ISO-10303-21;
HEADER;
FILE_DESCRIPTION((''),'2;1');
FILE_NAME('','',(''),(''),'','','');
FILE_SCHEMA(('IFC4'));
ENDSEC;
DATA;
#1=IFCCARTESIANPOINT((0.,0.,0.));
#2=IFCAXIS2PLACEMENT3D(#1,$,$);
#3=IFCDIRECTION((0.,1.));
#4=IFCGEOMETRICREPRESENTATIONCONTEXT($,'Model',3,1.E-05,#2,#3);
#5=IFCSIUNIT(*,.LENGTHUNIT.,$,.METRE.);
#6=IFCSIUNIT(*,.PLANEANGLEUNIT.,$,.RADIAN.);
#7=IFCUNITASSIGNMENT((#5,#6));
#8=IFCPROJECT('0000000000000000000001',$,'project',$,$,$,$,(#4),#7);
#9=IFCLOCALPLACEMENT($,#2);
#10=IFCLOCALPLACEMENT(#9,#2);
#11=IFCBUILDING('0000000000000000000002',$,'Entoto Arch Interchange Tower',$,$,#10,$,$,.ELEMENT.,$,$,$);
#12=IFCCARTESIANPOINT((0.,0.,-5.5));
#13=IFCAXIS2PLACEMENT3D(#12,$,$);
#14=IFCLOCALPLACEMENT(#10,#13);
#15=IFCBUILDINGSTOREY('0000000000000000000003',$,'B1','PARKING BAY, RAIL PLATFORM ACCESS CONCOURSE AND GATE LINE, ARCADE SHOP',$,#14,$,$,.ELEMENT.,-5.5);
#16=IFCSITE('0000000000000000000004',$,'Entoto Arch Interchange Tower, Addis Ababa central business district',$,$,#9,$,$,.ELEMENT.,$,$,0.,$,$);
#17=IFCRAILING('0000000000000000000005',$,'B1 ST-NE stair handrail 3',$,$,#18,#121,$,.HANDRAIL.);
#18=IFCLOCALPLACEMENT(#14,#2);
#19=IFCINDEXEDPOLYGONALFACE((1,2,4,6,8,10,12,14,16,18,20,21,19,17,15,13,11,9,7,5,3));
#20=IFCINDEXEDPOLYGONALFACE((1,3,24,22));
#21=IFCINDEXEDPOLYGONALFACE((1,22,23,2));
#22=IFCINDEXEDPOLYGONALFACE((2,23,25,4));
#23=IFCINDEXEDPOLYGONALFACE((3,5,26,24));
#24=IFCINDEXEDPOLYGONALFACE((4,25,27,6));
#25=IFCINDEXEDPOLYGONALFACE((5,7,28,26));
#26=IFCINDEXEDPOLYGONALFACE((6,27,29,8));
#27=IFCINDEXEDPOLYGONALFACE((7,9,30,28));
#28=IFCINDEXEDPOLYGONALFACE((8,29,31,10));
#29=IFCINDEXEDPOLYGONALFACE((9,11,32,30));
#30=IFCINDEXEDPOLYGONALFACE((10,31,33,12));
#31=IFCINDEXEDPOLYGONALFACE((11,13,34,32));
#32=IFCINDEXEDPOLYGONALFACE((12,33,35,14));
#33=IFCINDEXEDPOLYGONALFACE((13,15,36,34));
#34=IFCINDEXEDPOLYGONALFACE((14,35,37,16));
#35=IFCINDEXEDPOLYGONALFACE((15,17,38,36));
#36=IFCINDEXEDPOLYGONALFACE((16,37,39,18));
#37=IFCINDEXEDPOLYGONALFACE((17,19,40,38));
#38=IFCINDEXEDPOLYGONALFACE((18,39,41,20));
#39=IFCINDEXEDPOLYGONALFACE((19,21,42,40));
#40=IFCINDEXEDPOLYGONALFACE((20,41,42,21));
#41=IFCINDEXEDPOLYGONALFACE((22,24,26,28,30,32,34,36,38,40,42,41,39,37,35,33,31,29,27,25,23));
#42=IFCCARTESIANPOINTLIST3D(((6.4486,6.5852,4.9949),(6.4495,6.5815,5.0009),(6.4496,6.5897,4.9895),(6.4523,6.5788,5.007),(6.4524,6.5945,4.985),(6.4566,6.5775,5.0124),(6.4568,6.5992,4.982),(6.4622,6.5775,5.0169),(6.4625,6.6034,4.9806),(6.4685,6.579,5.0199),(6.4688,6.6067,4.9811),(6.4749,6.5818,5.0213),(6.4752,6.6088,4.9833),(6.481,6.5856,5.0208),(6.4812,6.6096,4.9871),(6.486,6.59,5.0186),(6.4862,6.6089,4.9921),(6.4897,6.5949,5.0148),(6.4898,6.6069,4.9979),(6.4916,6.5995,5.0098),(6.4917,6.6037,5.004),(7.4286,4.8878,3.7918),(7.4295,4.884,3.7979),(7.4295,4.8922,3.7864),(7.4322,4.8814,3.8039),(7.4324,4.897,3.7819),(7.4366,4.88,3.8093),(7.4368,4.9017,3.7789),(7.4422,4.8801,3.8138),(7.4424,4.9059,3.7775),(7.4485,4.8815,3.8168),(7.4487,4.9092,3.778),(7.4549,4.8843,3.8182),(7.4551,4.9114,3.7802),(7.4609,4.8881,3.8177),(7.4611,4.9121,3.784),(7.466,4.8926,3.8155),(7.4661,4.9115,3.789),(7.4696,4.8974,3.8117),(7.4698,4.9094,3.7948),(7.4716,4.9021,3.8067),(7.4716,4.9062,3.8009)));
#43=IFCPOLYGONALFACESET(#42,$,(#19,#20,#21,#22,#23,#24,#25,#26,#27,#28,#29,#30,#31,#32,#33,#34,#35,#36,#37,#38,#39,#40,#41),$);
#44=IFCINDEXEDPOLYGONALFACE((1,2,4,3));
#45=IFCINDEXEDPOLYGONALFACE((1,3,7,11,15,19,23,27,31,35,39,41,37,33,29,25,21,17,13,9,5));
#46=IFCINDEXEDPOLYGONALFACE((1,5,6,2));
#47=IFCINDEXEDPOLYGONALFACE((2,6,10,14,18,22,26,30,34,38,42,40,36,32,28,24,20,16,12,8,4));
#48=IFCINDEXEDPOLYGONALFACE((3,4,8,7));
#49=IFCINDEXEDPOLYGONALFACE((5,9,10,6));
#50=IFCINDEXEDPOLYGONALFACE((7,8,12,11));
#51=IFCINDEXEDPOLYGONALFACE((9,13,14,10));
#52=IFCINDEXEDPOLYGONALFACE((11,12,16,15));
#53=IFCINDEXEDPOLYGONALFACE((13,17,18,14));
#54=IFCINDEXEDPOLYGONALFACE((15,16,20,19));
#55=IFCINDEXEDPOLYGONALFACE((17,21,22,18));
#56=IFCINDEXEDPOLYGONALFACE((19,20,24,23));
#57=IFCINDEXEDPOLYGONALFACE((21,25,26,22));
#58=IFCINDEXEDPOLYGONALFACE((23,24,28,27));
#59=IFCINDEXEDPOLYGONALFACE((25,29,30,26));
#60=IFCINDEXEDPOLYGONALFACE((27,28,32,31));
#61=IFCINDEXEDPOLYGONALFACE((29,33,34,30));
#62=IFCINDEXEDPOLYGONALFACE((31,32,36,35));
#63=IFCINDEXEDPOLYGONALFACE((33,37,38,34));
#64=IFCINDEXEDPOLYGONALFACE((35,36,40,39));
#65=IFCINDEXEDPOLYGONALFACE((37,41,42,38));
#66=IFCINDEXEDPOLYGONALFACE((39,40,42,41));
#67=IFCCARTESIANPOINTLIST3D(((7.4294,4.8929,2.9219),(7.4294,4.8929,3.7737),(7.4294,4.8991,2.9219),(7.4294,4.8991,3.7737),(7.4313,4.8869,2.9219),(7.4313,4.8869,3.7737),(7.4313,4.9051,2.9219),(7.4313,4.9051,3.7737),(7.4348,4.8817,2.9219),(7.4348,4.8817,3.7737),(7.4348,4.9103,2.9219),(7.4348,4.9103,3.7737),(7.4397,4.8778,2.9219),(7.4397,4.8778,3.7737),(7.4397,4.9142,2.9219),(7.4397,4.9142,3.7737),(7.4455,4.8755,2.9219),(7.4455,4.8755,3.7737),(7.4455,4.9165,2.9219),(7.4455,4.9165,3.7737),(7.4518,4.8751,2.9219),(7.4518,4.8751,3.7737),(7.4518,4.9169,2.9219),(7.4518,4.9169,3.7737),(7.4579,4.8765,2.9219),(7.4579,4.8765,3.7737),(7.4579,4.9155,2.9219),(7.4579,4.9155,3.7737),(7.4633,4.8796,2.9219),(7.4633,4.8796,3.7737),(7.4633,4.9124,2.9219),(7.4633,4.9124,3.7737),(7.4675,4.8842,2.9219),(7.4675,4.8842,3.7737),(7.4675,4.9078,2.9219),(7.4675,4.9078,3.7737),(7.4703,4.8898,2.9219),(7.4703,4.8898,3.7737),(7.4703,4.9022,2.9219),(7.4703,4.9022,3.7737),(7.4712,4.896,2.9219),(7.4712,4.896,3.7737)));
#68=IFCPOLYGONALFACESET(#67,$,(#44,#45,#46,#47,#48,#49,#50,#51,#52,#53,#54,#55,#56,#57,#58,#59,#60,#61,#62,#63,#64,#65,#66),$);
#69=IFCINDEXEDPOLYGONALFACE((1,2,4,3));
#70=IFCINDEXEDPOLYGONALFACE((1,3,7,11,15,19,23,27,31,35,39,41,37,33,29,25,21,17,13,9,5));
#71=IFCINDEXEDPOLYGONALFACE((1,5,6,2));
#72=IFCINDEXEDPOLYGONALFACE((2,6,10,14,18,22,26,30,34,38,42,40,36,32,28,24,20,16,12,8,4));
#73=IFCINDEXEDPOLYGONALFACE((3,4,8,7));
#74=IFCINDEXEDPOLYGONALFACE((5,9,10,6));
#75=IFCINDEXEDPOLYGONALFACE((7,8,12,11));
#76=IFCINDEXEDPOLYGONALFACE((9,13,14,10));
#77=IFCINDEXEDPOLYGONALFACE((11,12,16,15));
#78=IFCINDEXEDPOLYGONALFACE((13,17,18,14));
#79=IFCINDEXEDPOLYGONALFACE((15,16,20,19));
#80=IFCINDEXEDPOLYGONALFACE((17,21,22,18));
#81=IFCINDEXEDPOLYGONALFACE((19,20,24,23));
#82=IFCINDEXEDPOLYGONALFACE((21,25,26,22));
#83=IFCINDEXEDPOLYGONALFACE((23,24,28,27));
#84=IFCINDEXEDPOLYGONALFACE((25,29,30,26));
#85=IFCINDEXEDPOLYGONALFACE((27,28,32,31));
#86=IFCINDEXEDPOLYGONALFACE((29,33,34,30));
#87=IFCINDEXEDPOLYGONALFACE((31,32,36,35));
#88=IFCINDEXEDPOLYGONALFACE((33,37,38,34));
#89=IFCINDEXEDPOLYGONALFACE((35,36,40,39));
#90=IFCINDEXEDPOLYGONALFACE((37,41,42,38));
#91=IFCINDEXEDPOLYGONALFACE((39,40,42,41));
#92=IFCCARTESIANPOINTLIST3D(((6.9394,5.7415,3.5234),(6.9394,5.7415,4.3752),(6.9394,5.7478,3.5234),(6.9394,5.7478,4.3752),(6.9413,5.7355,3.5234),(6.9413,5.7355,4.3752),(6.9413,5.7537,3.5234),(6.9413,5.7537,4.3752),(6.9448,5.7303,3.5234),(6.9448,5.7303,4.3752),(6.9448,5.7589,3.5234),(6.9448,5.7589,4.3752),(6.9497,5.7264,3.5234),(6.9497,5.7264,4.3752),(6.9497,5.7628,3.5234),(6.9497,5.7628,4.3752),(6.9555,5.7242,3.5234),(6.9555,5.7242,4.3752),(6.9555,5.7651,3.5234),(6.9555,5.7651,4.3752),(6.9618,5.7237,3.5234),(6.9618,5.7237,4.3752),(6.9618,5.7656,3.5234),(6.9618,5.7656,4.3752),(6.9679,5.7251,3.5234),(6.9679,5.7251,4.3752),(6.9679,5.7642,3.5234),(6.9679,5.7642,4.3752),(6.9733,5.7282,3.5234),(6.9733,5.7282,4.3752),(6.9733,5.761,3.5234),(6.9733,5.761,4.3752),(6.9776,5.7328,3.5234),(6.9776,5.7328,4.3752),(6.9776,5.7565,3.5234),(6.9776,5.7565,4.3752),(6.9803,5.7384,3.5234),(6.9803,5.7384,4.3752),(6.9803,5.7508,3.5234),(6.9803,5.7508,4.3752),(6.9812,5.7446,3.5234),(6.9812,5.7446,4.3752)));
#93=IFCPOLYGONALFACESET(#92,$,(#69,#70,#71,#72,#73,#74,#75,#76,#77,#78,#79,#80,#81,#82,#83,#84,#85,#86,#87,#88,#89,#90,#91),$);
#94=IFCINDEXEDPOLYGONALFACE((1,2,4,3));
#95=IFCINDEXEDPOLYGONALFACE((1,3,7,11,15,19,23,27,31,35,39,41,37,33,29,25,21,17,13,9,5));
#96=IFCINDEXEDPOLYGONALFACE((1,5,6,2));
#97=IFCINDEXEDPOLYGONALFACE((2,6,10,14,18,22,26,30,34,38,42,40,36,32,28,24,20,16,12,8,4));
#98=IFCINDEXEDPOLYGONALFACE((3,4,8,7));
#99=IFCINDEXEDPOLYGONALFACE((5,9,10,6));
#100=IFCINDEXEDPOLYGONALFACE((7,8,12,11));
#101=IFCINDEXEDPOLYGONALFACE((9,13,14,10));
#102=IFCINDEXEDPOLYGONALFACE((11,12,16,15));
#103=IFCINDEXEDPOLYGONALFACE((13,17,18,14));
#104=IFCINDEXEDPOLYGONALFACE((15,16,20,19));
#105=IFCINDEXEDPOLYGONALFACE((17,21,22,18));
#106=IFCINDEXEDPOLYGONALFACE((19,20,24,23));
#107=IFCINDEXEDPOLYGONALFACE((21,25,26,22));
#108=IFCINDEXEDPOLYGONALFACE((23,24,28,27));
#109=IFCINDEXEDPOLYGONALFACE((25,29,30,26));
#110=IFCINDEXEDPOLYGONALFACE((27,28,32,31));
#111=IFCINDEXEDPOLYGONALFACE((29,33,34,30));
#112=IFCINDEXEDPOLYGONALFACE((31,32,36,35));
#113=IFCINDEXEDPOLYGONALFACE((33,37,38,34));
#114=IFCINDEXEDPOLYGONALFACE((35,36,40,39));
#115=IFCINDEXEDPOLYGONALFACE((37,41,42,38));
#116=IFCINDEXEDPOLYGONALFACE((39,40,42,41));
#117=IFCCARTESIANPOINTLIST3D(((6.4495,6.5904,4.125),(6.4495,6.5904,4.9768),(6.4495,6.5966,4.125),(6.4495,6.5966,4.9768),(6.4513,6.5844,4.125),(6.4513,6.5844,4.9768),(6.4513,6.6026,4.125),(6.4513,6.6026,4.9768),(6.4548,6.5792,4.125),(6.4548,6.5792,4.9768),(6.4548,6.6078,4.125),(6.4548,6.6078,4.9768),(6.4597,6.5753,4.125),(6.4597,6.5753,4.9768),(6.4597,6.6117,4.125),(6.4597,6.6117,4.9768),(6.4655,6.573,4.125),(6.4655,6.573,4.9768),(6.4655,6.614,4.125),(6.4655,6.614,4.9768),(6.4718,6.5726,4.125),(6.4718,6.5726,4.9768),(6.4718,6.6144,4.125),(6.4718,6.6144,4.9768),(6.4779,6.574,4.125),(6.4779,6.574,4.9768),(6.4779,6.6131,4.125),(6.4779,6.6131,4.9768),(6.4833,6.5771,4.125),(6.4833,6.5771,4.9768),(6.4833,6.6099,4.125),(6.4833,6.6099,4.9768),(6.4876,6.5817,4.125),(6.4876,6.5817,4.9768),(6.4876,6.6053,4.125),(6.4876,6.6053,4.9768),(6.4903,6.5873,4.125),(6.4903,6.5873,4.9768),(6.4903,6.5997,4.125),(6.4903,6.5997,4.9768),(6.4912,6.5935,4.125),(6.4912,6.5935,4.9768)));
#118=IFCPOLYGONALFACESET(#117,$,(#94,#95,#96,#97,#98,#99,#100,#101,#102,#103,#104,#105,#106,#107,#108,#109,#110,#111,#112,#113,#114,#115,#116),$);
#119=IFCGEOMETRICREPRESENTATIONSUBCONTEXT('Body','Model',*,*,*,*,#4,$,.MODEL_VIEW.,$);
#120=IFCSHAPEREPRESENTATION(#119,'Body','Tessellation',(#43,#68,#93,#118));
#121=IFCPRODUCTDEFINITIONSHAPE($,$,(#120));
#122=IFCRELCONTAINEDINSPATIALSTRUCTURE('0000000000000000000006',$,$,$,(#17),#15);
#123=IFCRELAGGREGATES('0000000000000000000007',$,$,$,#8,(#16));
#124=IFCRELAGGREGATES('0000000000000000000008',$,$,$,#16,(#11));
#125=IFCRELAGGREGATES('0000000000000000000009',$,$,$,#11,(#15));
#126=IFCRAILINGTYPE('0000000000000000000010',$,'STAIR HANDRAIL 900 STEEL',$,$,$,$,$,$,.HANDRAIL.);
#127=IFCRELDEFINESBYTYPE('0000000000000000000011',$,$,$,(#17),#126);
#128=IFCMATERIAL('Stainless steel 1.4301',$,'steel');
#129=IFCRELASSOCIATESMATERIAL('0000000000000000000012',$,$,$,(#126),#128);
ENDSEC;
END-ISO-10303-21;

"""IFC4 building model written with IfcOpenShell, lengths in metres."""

from ifc_helpers import new_model, si_unit, direction, frame, origin, origin_2d, place, context, subcontext, project, spatial, circle, extrude, material, type_object, element, save


model = new_model("IFC4")

# Units and contexts
model_context = context("Model", 3, precision=1e-05, world=origin(), true_north=direction((0.0, 1.0)))
body_context = subcontext(model_context, "Body", "Model", "MODEL_VIEW")
ifc_project = project(units=[si_unit("LENGTHUNIT", "METRE"), si_unit("PLANEANGLEUNIT", "RADIAN")], contexts=[model_context])

# Site, building, storey
site_placement = place(None, origin())
site = spatial("IfcSite", under=ifc_project, at=site_placement, Name="Entoto Arch Interchange Tower, Addis Ababa central business district", CompositionType="ELEMENT", RefElevation=0.0)
building_placement = place(site_placement, origin())
building = spatial("IfcBuilding", under=site, at=building_placement, Name="Entoto Arch Interchange Tower", CompositionType="ELEMENT")
storey_placement = place(building_placement, frame((0.0, 0.0, -5.5)))
storey = spatial("IfcBuildingStorey", under=building, at=storey_placement, Name="B1", Description="PARKING BAY, RAIL PLATFORM ACCESS CONCOURSE AND GATE LINE, ARCADE SHOP", CompositionType="ELEMENT", Elevation=-5.5)

# Railing
ifc_material_1 = material(Name="Stainless steel 1.4301", Category="steel")
railing_type = type_object("IfcRailingType", Name="STAIR HANDRAIL 900 STEEL", PredefinedType="HANDRAIL", material=ifc_material_1)
railing_placement = place(storey_placement, frame((7.4502, 4.896, 2.9219)))
element("IfcRailing", 1, at=railing_placement, inside=storey, type_object=railing_type, Name="B1 ST-NE stair handrail 3", PredefinedType="HANDRAIL", context=body_context, shape_type="SweptSolid", body=[
    extrude(circle(Radius=0.0239, at=origin_2d()), frame((0.0, 0.0, 0.876), z_axis=(-0.426102, 0.738089, 0.523127), x_axis=(-0.866042, -0.49997, 0.0)), (0.0, 0.0, 1.0), 2.2998),
    extrude(circle(Radius=0.021, at=origin_2d()), origin(), (0.0, 0.0, 1.0), 0.8518),
    extrude(circle(Radius=0.021, at=origin_2d()), frame((-0.49, 0.8486, 0.6016)), (0.0, 0.0, 1.0), 0.8518),
    extrude(circle(Radius=0.021, at=origin_2d()), frame((-0.98, 1.6975, 1.2031)), (0.0, 0.0, 1.0), 0.8518),
])

save(model, "model.ifc")
